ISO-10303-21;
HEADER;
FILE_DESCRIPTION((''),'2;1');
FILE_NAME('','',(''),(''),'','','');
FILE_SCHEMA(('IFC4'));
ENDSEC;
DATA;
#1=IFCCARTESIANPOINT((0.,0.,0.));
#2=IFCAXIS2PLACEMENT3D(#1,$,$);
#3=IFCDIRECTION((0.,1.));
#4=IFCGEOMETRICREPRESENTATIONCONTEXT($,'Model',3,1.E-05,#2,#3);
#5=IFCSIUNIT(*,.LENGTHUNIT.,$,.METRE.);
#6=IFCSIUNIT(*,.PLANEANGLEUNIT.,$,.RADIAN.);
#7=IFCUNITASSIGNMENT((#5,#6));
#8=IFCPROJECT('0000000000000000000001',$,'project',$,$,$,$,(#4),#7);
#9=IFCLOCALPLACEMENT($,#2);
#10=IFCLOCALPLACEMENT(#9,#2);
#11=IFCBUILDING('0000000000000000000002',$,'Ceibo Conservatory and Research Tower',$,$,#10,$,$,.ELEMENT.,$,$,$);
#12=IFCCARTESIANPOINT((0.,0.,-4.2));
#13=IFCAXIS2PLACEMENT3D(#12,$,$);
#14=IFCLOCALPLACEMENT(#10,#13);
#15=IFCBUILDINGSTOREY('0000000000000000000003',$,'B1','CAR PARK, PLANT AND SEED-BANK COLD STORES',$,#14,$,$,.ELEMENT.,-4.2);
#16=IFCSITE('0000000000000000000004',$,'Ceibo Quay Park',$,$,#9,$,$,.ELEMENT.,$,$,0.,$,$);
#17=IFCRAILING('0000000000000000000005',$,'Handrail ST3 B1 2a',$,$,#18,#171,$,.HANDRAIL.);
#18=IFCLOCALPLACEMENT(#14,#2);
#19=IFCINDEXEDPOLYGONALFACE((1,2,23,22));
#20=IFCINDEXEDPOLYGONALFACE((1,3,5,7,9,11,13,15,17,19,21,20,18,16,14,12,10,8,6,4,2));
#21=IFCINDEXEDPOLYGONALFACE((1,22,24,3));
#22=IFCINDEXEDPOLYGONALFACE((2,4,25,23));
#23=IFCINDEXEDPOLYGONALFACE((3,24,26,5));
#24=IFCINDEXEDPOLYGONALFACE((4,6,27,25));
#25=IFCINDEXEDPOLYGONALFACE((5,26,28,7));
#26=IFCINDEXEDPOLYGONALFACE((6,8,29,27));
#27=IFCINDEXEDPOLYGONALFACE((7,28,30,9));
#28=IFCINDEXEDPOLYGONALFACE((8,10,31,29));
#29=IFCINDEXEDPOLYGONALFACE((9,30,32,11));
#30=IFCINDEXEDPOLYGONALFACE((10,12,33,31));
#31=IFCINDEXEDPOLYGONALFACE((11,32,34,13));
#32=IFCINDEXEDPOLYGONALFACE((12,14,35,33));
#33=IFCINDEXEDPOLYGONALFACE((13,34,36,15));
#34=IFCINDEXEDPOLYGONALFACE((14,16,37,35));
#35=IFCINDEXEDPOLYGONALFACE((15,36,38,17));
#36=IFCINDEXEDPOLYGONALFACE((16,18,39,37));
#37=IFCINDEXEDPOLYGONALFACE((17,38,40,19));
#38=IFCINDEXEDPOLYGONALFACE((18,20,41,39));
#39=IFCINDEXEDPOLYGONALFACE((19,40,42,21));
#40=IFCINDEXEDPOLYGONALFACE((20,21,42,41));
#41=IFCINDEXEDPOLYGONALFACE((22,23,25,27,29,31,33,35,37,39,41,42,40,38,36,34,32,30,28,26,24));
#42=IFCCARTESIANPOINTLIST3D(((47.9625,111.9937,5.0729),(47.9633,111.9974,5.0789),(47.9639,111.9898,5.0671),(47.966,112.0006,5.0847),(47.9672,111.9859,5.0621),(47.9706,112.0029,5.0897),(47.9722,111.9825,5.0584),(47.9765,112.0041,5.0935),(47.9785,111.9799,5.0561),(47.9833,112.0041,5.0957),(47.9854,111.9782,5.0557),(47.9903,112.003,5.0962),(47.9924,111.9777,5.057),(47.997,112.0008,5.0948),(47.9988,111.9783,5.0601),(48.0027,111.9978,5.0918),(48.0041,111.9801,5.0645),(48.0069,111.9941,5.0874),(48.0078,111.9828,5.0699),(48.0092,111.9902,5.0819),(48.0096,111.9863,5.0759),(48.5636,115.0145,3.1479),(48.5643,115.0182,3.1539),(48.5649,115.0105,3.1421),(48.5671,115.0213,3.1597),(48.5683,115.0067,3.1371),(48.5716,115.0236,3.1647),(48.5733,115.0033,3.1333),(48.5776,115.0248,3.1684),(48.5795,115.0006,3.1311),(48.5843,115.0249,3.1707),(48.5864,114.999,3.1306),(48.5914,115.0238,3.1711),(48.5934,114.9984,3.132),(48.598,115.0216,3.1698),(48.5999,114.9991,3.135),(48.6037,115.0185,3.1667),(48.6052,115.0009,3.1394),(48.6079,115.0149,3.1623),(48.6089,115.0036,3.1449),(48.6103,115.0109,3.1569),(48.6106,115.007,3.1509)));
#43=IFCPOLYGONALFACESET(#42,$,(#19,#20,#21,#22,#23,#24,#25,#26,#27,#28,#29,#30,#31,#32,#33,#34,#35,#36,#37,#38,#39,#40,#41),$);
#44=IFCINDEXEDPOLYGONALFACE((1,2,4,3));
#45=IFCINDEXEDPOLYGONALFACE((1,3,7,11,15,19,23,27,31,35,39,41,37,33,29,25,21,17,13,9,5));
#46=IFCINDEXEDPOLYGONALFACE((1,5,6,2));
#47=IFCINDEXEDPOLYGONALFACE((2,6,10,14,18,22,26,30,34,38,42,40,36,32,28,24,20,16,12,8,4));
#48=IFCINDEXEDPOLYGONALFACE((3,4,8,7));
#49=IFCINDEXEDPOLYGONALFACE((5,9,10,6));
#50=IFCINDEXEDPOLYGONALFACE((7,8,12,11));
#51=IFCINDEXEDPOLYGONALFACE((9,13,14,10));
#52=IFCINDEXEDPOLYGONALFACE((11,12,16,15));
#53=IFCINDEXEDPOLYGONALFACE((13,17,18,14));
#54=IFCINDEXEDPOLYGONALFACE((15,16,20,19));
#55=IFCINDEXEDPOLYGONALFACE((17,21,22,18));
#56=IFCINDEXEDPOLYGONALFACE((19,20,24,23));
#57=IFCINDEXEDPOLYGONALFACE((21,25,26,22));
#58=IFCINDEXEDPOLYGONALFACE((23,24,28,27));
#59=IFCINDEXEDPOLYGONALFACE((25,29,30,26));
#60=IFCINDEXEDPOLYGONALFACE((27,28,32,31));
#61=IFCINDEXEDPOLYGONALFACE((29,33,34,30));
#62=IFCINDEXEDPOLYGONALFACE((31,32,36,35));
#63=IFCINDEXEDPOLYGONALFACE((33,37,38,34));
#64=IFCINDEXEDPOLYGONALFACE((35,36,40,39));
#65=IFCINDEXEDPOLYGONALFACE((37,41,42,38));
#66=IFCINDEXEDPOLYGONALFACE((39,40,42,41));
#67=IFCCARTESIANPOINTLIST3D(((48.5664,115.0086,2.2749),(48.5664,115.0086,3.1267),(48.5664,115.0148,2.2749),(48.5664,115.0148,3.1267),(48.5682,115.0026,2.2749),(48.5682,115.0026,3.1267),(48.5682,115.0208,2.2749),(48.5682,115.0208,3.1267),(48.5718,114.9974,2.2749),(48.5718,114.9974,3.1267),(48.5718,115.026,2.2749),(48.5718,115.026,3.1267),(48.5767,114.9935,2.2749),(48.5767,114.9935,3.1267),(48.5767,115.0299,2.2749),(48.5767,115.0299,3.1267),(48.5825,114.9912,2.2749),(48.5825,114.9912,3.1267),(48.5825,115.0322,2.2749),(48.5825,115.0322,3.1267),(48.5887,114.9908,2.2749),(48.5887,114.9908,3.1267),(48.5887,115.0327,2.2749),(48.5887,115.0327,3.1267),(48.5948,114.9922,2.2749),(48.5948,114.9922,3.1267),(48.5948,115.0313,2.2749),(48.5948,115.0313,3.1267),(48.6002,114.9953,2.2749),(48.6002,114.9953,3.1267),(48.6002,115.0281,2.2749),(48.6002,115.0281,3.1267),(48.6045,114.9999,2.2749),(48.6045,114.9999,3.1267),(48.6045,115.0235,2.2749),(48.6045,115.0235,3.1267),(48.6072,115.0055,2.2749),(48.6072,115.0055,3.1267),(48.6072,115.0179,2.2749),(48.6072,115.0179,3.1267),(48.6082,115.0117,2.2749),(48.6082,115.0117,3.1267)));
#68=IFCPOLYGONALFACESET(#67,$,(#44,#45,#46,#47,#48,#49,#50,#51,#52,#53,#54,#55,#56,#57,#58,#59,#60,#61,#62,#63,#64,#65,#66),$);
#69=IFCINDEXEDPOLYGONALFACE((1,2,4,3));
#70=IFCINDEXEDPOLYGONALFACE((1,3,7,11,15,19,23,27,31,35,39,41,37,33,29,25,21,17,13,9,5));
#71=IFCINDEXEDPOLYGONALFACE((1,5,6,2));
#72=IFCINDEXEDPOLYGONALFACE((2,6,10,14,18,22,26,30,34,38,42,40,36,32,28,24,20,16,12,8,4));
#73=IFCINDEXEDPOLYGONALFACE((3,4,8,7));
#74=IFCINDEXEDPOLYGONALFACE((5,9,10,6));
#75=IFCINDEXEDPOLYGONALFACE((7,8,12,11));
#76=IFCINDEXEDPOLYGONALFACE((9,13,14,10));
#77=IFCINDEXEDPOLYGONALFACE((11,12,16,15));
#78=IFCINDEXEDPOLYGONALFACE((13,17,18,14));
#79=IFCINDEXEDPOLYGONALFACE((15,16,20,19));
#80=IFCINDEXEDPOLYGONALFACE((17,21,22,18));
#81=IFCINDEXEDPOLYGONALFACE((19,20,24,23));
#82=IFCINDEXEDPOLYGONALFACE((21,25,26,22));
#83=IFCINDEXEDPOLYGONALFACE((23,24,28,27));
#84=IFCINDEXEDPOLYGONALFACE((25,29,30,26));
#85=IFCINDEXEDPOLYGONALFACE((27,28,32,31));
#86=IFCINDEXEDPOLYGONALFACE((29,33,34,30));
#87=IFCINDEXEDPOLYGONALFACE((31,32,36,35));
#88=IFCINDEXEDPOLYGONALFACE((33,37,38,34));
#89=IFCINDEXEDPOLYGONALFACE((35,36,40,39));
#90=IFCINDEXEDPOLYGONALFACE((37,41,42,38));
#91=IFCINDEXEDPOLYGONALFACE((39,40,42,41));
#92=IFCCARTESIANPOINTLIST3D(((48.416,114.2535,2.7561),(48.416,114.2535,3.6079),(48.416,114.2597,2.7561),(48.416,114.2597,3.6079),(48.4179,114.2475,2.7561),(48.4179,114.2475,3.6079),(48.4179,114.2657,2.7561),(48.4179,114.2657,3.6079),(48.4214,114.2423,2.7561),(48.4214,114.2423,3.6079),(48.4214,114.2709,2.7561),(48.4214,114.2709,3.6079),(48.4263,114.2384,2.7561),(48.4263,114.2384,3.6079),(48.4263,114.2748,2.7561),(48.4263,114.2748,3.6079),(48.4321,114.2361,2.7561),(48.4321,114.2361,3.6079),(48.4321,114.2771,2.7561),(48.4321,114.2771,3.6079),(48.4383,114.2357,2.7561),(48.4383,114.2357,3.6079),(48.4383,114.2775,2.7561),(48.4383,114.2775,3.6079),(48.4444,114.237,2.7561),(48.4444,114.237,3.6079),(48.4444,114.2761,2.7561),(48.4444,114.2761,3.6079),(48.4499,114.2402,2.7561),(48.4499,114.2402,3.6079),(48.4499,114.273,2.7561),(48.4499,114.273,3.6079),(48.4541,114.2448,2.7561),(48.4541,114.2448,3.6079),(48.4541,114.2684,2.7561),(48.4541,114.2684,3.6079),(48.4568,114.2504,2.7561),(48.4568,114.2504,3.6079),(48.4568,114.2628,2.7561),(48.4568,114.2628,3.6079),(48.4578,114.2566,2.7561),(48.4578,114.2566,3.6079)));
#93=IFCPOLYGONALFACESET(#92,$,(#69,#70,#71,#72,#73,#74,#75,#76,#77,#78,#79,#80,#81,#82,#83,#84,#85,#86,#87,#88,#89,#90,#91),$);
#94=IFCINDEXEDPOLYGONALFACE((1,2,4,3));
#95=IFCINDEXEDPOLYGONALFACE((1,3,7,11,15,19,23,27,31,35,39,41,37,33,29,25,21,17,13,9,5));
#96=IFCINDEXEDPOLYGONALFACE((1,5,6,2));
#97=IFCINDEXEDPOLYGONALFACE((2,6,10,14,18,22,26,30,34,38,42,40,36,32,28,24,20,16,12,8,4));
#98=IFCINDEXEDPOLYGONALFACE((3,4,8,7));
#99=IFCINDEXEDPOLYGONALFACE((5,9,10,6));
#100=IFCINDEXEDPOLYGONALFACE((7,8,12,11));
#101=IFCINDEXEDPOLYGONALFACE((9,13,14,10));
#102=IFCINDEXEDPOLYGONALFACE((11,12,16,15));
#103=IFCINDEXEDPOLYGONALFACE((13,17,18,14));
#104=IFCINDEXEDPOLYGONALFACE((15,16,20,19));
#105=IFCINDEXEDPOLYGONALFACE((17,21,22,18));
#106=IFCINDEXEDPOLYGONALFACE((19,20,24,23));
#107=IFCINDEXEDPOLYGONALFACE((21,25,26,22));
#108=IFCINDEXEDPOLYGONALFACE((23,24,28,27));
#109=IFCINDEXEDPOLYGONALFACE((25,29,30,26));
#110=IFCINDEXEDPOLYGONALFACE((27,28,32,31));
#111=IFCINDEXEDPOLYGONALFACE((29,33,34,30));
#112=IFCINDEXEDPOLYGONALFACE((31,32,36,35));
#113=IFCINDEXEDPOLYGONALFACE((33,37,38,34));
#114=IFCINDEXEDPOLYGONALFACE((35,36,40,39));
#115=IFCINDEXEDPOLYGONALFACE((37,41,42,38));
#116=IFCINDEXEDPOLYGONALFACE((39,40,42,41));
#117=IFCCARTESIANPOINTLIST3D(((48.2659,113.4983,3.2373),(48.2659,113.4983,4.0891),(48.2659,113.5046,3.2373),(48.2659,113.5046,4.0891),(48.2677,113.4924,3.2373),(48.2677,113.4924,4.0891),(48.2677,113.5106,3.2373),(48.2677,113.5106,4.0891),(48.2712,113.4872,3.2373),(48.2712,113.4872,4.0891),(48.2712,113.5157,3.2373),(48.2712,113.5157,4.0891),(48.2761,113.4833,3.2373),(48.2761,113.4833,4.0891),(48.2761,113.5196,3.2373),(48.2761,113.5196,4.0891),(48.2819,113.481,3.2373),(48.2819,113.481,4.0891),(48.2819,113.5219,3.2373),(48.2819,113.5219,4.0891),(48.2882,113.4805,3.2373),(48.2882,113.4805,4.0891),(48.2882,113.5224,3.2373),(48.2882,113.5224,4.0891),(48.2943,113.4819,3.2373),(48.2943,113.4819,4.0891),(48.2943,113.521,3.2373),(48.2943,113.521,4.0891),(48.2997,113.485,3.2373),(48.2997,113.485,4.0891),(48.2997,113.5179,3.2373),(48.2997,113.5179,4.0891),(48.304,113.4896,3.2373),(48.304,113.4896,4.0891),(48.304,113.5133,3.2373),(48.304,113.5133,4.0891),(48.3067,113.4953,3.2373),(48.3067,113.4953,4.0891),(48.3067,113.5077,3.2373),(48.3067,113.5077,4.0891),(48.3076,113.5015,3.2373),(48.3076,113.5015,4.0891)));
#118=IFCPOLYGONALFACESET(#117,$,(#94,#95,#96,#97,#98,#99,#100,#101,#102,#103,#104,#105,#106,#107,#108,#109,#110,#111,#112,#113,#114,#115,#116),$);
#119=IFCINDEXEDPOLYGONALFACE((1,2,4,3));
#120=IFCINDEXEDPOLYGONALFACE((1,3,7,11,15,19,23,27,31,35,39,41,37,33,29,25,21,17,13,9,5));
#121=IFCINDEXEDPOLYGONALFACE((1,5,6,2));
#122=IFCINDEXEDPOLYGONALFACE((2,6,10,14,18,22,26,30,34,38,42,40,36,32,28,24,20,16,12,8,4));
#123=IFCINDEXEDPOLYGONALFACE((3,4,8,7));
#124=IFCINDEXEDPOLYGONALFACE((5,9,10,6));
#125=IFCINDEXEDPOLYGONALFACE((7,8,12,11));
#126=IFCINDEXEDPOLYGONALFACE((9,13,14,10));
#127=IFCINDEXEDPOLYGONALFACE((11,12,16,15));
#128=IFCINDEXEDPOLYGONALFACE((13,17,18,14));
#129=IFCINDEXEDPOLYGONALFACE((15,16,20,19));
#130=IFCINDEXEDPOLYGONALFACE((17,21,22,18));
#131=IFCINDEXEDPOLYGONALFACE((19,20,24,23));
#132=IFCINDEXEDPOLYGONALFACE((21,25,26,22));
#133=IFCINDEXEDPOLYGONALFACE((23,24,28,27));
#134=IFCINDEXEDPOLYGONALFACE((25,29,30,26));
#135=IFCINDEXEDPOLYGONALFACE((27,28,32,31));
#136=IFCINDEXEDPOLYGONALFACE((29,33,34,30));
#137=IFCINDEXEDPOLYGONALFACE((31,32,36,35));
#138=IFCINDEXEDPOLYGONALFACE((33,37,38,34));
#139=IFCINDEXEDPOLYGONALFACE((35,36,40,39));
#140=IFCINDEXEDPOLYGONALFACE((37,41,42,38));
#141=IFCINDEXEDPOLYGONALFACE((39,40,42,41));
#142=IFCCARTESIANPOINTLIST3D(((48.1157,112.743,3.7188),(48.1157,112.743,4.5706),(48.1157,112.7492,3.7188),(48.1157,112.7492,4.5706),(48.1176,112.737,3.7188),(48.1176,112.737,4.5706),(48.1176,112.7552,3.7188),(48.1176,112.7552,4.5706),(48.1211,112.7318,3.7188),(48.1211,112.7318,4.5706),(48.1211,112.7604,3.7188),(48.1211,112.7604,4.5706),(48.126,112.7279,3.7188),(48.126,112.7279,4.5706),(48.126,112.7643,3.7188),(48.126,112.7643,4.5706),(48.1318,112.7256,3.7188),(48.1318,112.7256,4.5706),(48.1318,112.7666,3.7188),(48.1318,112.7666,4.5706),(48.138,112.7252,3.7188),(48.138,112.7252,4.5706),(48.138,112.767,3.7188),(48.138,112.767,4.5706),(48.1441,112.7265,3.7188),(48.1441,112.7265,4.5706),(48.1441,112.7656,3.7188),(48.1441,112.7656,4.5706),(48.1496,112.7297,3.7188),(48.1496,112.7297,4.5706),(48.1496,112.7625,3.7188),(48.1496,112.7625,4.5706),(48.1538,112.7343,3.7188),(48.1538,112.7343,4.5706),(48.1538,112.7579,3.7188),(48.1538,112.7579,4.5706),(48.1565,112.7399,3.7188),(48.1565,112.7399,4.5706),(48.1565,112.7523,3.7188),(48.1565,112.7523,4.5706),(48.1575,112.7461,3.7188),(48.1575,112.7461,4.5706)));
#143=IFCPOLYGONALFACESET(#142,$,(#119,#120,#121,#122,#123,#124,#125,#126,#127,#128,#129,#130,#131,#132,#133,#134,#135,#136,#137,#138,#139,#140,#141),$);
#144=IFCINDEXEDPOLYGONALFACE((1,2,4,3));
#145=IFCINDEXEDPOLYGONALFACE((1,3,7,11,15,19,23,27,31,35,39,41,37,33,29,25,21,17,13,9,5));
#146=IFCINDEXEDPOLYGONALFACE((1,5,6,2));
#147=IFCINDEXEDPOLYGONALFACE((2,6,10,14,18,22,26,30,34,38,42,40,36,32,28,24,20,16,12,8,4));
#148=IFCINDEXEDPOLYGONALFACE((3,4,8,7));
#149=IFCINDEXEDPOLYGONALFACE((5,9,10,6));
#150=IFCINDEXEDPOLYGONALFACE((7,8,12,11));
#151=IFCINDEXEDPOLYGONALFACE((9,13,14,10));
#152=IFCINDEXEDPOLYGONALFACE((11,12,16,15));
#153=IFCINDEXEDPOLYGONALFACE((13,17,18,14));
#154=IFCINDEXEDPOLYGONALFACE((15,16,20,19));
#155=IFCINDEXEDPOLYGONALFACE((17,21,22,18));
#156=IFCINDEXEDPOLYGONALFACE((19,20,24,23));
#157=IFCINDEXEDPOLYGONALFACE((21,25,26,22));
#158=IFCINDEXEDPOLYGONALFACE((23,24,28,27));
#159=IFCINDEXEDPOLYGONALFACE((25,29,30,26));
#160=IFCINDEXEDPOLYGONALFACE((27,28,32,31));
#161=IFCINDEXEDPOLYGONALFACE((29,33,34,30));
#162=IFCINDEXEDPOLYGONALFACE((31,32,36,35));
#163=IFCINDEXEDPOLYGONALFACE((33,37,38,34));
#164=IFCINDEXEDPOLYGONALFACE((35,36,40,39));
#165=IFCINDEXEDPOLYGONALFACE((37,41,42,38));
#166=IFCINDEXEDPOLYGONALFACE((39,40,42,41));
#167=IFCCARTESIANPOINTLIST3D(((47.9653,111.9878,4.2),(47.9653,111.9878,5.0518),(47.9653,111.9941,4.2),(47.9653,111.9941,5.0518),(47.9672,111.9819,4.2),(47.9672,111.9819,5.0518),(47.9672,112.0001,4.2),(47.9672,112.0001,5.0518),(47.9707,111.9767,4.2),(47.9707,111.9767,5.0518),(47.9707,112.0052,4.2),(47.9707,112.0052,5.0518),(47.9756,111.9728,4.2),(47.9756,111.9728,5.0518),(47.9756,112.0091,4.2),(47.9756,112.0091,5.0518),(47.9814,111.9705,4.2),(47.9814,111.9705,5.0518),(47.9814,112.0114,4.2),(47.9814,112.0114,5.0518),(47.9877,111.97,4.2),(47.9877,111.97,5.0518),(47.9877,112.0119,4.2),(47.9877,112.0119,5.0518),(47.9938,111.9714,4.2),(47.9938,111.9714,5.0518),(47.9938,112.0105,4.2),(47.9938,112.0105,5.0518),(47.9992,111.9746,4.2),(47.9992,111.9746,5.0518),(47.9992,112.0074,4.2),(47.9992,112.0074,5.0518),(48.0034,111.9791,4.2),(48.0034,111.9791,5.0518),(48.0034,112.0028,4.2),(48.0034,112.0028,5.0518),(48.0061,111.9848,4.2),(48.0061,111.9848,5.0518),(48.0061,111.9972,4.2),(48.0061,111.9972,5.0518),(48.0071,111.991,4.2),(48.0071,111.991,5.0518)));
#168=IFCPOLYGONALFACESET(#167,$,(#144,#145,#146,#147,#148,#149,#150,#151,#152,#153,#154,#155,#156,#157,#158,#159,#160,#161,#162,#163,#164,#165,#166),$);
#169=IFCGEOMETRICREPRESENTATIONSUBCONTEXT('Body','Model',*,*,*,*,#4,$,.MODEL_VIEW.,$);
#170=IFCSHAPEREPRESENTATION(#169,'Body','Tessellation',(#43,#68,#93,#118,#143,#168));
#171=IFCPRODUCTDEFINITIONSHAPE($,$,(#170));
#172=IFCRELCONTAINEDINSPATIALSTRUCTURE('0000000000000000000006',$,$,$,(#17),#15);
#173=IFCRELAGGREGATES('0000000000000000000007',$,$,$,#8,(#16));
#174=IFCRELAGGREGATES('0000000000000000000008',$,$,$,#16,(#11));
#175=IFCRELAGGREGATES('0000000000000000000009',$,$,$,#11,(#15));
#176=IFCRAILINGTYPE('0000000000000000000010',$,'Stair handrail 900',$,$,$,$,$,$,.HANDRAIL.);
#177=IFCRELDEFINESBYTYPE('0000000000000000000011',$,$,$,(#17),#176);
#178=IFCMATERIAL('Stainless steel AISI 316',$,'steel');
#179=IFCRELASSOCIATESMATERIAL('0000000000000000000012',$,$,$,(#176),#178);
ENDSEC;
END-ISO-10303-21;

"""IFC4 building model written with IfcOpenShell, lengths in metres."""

from ifc_helpers import new_model, si_unit, direction, frame, origin, origin_2d, place, context, subcontext, project, spatial, circle, extrude, material, type_object, element, save


model = new_model("IFC4")

# Units and contexts
model_context = context("Model", 3, precision=1e-05, world=origin(), true_north=direction((0.0, 1.0)))
body_context = subcontext(model_context, "Body", "Model", "MODEL_VIEW")
ifc_project = project(units=[si_unit("LENGTHUNIT", "METRE"), si_unit("PLANEANGLEUNIT", "RADIAN")], contexts=[model_context])

# Site, building, storey
site_placement = place(None, origin())
site = spatial("IfcSite", under=ifc_project, at=site_placement, Name="Ceibo Quay Park", CompositionType="ELEMENT", RefElevation=0.0)
building_placement = place(site_placement, origin())
building = spatial("IfcBuilding", under=site, at=building_placement, Name="Ceibo Conservatory and Research Tower", CompositionType="ELEMENT")
storey_placement = place(building_placement, frame((0.0, 0.0, -4.2)))
storey = spatial("IfcBuildingStorey", under=building, at=storey_placement, Name="B1", Description="CAR PARK, PLANT AND SEED-BANK COLD STORES", CompositionType="ELEMENT", Elevation=-4.2)

# Shared definitions
ifc_material_1 = material(Name="Stainless steel AISI 316", Category="steel")

# Railing
railing_type = type_object("IfcRailingType", Name="Stair handrail 900", PredefinedType="HANDRAIL", material=ifc_material_1)
railing_1_placement = place(storey_placement, frame((48.5872, 115.0117, 2.2749)))
element("IfcRailing", 1, at=railing_1_placement, inside=storey, type_object=railing_type, Name="Handrail ST3 B1 2a", PredefinedType="HANDRAIL", context=body_context, shape_type="SweptSolid", body=[
    extrude(circle(Radius=0.0239, at=origin_2d()), frame((0.0, 0.0, 0.876), z_axis=(-0.16549, -0.831685, 0.530012), x_axis=(0.980772, -0.195156, 0.0)), (0.0, 0.0, 1.0), 3.6321),
    extrude(circle(Radius=0.021, at=origin_2d()), origin(), (0.0, 0.0, 1.0), 0.8518),
    extrude(circle(Radius=0.021, at=origin_2d()), frame((-0.1504, -0.7551, 0.4812)), (0.0, 0.0, 1.0), 0.8518),
    extrude(circle(Radius=0.021, at=origin_2d()), frame((-0.3005, -1.5103, 0.9624)), (0.0, 0.0, 1.0), 0.8518),
    extrude(circle(Radius=0.021, at=origin_2d()), frame((-0.4507, -2.2656, 1.4438)), (0.0, 0.0, 1.0), 0.8518),
    extrude(circle(Radius=0.021, at=origin_2d()), frame((-0.6011, -3.0208, 1.925)), (0.0, 0.0, 1.0), 0.8518),
])

save(model, "model.ifc")
